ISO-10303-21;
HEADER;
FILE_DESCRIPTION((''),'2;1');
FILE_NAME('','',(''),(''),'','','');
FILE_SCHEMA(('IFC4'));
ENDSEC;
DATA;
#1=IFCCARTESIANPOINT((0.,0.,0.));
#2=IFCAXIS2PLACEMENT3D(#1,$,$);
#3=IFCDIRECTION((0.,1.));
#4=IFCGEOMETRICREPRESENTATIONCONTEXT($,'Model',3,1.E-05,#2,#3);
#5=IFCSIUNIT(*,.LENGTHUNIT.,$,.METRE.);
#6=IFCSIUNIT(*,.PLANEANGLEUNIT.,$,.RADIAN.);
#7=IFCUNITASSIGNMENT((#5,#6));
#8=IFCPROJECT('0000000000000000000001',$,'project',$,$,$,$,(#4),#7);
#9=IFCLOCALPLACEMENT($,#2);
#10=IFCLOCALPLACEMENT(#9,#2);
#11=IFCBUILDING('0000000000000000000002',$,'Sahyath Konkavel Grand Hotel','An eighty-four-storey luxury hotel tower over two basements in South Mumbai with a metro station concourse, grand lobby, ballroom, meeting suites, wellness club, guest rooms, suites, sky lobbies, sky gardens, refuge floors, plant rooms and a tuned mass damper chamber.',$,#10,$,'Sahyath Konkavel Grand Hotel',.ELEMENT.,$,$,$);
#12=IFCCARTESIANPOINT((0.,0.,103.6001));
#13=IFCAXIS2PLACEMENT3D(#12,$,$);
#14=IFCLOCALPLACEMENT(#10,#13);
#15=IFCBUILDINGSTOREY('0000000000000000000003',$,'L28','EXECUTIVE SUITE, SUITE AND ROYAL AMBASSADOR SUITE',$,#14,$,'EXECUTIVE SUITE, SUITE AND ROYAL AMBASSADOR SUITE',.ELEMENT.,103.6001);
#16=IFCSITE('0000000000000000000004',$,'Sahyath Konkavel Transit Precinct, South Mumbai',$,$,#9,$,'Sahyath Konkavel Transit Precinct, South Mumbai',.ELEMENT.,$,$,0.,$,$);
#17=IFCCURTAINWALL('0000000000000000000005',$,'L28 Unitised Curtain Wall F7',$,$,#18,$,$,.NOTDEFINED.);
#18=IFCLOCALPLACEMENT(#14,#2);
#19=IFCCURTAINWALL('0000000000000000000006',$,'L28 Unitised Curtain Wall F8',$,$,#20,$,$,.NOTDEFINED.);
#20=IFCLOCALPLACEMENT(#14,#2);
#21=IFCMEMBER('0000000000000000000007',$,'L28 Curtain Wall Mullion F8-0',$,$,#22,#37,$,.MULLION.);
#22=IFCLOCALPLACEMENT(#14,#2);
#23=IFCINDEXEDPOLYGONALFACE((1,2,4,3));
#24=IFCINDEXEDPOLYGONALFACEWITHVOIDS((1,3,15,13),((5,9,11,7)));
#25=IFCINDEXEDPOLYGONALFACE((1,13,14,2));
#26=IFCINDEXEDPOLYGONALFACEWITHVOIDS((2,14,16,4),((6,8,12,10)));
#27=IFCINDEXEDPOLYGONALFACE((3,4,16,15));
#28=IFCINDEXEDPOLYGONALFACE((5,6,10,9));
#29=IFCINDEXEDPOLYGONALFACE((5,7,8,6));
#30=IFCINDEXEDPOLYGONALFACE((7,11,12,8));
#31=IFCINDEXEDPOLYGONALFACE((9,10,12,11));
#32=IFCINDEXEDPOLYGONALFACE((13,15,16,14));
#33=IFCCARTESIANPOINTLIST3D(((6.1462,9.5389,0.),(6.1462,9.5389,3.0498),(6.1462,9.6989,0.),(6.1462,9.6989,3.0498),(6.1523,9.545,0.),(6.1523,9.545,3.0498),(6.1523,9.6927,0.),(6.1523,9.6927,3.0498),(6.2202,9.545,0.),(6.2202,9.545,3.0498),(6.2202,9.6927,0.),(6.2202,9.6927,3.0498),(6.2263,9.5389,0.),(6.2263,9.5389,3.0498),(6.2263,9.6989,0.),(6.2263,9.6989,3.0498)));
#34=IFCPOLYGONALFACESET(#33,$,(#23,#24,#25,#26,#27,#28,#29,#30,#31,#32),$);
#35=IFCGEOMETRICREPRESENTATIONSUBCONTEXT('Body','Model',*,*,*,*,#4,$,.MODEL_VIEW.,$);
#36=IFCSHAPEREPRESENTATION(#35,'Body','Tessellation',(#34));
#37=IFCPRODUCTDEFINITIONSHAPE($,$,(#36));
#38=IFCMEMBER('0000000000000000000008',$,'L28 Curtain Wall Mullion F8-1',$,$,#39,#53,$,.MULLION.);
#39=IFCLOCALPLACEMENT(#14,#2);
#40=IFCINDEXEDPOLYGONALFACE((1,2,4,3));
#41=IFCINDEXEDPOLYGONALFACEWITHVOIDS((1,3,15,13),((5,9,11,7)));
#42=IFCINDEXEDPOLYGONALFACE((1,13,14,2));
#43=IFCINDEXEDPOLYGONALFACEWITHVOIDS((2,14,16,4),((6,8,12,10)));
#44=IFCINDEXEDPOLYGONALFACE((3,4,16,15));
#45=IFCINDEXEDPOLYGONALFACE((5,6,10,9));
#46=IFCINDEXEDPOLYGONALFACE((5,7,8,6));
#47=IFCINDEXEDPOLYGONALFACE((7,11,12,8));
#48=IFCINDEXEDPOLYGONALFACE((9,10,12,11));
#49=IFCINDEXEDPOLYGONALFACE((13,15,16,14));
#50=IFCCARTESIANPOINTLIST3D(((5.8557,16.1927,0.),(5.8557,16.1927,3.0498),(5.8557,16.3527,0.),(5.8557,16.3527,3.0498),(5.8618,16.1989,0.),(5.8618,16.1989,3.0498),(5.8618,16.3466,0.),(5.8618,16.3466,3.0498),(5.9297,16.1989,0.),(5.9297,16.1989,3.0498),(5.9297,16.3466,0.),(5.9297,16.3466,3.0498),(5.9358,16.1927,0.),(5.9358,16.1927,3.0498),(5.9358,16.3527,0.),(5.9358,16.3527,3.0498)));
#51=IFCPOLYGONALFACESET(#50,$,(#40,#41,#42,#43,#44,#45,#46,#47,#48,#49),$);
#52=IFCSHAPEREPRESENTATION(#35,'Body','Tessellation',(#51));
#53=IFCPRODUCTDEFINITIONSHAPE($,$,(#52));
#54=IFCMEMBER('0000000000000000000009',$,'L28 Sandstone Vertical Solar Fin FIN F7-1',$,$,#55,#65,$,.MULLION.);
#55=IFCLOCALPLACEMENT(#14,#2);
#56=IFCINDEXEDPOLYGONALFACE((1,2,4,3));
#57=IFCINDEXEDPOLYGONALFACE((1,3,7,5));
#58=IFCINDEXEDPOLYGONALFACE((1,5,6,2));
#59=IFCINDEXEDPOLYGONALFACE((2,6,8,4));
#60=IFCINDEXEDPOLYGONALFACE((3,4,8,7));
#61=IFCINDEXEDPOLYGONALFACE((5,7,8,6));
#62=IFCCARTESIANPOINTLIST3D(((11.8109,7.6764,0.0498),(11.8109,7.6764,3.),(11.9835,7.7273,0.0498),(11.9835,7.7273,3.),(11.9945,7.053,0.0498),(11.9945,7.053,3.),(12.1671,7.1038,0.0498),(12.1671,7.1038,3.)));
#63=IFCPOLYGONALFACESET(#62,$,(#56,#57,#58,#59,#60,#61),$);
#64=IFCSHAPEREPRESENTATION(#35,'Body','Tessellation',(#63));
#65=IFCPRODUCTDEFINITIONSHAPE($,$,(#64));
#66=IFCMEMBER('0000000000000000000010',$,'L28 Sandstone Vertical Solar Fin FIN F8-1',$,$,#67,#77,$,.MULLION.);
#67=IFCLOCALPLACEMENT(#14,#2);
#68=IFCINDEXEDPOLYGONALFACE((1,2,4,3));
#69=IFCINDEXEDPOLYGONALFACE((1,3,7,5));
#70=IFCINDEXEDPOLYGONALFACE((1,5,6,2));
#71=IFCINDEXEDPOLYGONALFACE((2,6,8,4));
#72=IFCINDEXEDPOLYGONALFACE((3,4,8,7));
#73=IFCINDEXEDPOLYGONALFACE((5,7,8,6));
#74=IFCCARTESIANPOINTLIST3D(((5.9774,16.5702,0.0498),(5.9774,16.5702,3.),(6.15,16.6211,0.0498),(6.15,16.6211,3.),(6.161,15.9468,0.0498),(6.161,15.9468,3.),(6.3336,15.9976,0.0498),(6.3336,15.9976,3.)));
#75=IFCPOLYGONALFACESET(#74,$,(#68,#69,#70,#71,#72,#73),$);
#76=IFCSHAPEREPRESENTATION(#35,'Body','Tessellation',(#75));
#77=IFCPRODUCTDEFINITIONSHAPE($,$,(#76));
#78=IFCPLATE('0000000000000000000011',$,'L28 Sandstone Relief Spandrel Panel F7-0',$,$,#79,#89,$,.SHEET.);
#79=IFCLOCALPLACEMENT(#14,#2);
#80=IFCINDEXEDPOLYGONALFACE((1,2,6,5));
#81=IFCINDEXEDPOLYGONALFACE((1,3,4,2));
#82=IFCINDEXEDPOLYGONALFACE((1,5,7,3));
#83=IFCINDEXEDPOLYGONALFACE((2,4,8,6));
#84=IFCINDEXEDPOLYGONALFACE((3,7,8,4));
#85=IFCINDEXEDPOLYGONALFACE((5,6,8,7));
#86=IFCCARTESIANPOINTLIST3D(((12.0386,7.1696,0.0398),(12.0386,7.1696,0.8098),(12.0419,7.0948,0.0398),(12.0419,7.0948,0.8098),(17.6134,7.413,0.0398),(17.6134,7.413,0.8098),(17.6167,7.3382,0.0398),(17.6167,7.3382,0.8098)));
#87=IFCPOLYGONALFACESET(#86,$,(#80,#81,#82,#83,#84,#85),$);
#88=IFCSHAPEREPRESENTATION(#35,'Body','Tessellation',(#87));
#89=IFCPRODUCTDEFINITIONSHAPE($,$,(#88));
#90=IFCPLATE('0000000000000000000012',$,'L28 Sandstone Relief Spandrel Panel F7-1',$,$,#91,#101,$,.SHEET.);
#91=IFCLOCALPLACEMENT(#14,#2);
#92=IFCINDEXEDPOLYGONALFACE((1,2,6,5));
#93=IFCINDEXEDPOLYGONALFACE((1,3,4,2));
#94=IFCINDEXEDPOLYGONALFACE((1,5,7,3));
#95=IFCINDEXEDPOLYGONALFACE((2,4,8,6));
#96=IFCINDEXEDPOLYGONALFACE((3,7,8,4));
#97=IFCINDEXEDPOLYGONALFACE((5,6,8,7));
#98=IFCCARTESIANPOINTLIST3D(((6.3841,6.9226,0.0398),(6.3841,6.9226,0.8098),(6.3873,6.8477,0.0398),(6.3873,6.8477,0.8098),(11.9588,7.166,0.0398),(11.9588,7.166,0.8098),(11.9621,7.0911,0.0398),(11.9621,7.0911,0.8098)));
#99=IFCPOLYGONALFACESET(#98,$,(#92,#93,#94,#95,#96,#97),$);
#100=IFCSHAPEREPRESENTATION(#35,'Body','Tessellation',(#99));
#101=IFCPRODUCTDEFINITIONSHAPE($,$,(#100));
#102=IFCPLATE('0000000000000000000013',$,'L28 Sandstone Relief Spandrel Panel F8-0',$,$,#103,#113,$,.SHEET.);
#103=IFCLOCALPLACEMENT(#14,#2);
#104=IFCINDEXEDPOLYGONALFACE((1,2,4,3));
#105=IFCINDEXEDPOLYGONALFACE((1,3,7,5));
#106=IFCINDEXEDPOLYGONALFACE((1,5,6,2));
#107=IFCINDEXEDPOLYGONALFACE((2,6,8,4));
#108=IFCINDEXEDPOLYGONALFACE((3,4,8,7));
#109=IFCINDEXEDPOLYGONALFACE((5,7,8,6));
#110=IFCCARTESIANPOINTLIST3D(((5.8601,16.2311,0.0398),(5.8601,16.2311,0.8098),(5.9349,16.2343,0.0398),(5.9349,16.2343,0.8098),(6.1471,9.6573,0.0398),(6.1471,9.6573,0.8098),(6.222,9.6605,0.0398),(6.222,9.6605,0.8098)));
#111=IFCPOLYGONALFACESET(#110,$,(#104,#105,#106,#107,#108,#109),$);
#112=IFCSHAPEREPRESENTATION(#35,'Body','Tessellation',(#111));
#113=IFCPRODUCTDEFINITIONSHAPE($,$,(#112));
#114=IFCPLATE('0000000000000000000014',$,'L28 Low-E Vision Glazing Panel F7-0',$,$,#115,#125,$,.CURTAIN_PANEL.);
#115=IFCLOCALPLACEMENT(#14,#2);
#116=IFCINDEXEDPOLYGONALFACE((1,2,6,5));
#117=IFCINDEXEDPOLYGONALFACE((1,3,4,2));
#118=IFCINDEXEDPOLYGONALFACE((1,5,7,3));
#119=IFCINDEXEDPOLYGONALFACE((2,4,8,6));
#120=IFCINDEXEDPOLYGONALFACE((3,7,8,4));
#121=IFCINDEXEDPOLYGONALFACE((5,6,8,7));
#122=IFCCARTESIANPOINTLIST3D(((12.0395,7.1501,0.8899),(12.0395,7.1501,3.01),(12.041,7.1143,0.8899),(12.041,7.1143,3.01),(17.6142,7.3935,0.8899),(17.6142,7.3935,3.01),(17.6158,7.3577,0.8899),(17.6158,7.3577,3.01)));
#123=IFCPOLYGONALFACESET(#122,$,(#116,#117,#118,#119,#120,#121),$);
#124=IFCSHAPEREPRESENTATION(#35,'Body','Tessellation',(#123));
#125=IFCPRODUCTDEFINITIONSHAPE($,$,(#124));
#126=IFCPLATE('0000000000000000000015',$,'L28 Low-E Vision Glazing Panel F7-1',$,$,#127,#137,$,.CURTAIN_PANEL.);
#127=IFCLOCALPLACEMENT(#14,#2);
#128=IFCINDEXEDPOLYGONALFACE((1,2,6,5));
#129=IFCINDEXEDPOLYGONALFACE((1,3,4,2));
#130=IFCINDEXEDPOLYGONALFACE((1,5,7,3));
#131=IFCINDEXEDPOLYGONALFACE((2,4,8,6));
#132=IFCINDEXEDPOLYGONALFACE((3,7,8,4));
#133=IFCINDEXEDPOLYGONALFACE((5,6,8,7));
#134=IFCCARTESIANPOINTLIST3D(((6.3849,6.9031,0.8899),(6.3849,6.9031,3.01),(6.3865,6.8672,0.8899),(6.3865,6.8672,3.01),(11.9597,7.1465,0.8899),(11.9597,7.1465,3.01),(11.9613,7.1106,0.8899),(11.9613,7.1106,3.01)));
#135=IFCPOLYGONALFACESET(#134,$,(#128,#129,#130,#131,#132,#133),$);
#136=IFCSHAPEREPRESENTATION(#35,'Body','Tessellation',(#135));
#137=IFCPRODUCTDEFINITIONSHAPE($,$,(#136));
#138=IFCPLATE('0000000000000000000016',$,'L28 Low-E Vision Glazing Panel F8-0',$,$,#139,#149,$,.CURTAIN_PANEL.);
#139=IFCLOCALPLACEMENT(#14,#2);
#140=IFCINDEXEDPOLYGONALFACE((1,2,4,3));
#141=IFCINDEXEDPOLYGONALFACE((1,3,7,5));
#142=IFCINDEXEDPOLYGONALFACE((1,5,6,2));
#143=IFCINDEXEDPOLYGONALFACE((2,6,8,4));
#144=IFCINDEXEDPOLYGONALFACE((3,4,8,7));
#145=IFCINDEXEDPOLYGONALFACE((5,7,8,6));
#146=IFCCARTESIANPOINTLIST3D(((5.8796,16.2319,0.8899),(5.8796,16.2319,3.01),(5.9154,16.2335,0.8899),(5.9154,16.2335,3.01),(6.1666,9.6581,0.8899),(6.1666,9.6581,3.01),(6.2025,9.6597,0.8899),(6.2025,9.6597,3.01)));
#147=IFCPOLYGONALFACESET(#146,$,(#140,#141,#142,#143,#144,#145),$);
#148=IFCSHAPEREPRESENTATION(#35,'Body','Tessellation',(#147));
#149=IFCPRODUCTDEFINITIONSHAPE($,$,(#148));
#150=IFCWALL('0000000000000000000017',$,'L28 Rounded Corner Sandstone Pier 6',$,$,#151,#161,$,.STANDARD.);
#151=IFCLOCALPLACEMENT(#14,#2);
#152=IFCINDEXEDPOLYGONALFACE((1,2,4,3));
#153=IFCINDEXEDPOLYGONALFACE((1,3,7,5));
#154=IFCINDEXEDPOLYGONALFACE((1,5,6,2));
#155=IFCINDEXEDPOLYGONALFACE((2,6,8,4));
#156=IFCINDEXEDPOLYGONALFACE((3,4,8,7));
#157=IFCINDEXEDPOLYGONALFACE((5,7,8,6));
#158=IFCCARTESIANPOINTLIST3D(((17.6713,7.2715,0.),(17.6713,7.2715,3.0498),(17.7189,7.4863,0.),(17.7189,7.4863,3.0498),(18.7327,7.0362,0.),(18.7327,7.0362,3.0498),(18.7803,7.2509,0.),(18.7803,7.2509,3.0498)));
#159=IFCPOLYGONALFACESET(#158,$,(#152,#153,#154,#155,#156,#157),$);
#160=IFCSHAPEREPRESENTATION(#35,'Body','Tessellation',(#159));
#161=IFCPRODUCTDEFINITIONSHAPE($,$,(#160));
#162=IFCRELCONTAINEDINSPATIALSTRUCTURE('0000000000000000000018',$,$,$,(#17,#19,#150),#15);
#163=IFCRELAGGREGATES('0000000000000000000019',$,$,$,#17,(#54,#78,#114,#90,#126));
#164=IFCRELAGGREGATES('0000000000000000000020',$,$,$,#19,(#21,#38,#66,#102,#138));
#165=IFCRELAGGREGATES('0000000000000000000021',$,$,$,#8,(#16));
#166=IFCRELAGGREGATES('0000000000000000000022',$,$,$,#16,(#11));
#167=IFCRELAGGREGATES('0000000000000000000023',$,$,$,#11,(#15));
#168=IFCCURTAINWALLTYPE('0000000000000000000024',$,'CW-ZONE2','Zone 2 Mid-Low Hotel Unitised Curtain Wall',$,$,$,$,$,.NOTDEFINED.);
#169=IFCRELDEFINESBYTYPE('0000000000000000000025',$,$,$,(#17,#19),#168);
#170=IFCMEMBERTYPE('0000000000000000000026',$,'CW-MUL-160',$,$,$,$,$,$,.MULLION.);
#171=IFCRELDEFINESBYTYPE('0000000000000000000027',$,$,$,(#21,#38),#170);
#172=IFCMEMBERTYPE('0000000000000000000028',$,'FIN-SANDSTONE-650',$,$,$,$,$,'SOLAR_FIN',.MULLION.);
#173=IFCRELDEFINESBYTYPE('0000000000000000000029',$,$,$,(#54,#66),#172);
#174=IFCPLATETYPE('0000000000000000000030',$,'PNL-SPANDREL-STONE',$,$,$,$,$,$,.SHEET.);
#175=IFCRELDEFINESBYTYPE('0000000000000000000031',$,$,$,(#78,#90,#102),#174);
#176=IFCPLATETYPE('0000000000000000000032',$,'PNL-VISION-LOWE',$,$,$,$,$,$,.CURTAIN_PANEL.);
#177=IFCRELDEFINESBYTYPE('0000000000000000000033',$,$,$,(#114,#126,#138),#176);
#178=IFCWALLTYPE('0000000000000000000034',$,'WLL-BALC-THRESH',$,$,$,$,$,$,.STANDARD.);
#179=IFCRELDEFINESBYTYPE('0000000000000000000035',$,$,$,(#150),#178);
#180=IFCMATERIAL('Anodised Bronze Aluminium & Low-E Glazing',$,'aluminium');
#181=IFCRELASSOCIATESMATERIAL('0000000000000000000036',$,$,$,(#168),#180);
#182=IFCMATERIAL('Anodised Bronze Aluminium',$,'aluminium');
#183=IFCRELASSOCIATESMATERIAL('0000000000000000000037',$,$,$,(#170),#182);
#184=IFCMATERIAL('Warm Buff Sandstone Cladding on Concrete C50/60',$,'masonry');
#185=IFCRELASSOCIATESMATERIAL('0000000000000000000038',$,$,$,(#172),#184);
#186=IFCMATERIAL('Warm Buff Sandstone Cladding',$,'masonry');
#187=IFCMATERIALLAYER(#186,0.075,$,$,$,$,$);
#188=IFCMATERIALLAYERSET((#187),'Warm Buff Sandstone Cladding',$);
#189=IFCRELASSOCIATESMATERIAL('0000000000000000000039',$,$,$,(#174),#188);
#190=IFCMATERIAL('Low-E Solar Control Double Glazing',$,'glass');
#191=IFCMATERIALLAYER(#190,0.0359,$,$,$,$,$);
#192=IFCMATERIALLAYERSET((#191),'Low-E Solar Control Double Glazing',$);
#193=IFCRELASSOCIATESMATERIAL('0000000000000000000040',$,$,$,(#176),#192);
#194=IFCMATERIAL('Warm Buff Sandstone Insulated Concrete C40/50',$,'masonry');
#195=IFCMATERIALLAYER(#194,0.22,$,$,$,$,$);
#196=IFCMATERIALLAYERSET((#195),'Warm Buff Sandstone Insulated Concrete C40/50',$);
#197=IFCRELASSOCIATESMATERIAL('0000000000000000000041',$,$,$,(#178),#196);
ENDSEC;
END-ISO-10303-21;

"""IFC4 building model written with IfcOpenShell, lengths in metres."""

from ifc_helpers import new_model, si_unit, direction, frame, frame_2d, origin, origin_2d, place, context, subcontext, project, spatial, rectangle, hollow_rectangle, extrude, source, transform, mapped, material, layer, layer_set, material_profile, profile_set, type_object, element, aggregate, save


model = new_model("IFC4")

# Units and contexts
model_context = context("Model", 3, precision=1e-05, world=origin(), true_north=direction((0.0, 1.0)))
body_context = subcontext(model_context, "Body", "Model", "MODEL_VIEW")
ifc_project = project(units=[si_unit("LENGTHUNIT", "METRE"), si_unit("PLANEANGLEUNIT", "RADIAN")], contexts=[model_context])

# Site, building, storey
site_placement = place(None, origin())
site = spatial("IfcSite", under=ifc_project, at=site_placement, Name="Sahyath Konkavel Transit Precinct, South Mumbai", LongName="Sahyath Konkavel Transit Precinct, South Mumbai", CompositionType="ELEMENT", RefElevation=0.0)
building_placement = place(site_placement, origin())
building = spatial("IfcBuilding", under=site, at=building_placement, Name="Sahyath Konkavel Grand Hotel", Description="An eighty-four-storey luxury hotel tower over two basements in South Mumbai with a metro station concourse, grand lobby, ballroom, meeting suites, wellness club, guest rooms, suites, sky lobbies, sky gardens, refuge floors, plant rooms and a tuned mass damper chamber.", LongName="Sahyath Konkavel Grand Hotel", CompositionType="ELEMENT")
storey_placement = place(building_placement, frame((0.0, 0.0, 103.6001)))
storey = spatial("IfcBuildingStorey", under=building, at=storey_placement, Name="L28", Description="EXECUTIVE SUITE, SUITE AND ROYAL AMBASSADOR SUITE", LongName="EXECUTIVE SUITE, SUITE AND ROYAL AMBASSADOR SUITE", CompositionType="ELEMENT", Elevation=103.6001)

# Curtain walls
ifc_material_1 = material(Name="Anodised Bronze Aluminium & Low-E Glazing", Category="aluminium")
curtain_wall_type = type_object("IfcCurtainWallType", Name="CW-ZONE2", Description="Zone 2 Mid-Low Hotel Unitised Curtain Wall", PredefinedType="NOTDEFINED", material=ifc_material_1)
curtain_wall_1_placement = place(storey_placement, origin())
curtain_wall_1 = element("IfcCurtainWall", 1, at=curtain_wall_1_placement, inside=storey, type_object=curtain_wall_type, Name="L28 Unitised Curtain Wall F7", PredefinedType="NOTDEFINED")
ifc_material_2 = material(Name="Anodised Bronze Aluminium", Category="aluminium")
curtain_wall_2_placement = place(storey_placement, origin())
curtain_wall_2 = element("IfcCurtainWall", 2, at=curtain_wall_2_placement, inside=storey, type_object=curtain_wall_type, Name="L28 Unitised Curtain Wall F8", PredefinedType="NOTDEFINED")

# Members
ifc_material_profile_1 = material_profile(ifc_material_2, hollow_rectangle(XDim=0.0801, YDim=0.1599, WallThickness=0.0061, at=origin_2d()), Name="RHS 160x80x6")
ifc_profile_set_1 = profile_set([ifc_material_profile_1], Name="Anodised Bronze Aluminium")
member_type_1 = type_object("IfcMemberType", Name="CW-MUL-160", PredefinedType="MULLION", material=ifc_profile_set_1)
shared_shape_1 = source(origin(), body_context, "Body", "SweptSolid", [
    extrude(hollow_rectangle(XDim=0.0801, YDim=0.1599, WallThickness=0.0061, at=origin_2d()), origin(), (0.0, 0.0, 1.0), 3.0498),
])
member_1_placement = place(storey_placement, frame((6.1863, 9.6189, 0.0), z_axis=(0.0, 0.0, 1.0), x_axis=(1.0, 0.0, 0.0)))
member_1 = element("IfcMember", 3, at=member_1_placement, type_object=member_type_1, Name="L28 Curtain Wall Mullion F8-0", PredefinedType="MULLION", context=body_context, shape_type="MappedRepresentation", body=[
    mapped(shared_shape_1, transform((0.0, 0.0, 0.0), scale=1.0)),
])
member_2_placement = place(storey_placement, frame((5.8958, 16.2727, 0.0), z_axis=(0.0, 0.0, 1.0), x_axis=(1.0, 0.0, 0.0)))
member_2 = element("IfcMember", 4, at=member_2_placement, type_object=member_type_1, Name="L28 Curtain Wall Mullion F8-1", PredefinedType="MULLION", context=body_context, shape_type="MappedRepresentation", body=[
    mapped(shared_shape_1, transform((0.0, 0.0, 0.0), scale=1.0)),
])
ifc_material_3 = material(Name="Warm Buff Sandstone Cladding on Concrete C50/60", Category="masonry")
ifc_material_profile_2 = material_profile(ifc_material_3, rectangle(XDim=0.1799, YDim=0.6499, at=origin_2d()), Name="FIN 180x650")
ifc_profile_set_2 = profile_set([ifc_material_profile_2], Name="Warm Buff Sandstone Cladding on Concrete C50/60")
member_type_2 = type_object("IfcMemberType", Name="FIN-SANDSTONE-650", ElementType="SOLAR_FIN", PredefinedType="MULLION", material=ifc_profile_set_2)
shared_shape_2 = source(origin(), body_context, "Body", "SweptSolid", [
    extrude(rectangle(XDim=0.1799, YDim=0.6499, at=origin_2d()), origin(), (0.0, 0.0, 1.0), 2.9502),
])
member_3_placement = place(storey_placement, frame((11.989, 7.3901, 0.0498), z_axis=(0.0, 0.0, 1.0), x_axis=(0.959265, 0.282509, 0.0)))
member_3 = element("IfcMember", 5, at=member_3_placement, type_object=member_type_2, Name="L28 Sandstone Vertical Solar Fin FIN F7-1", PredefinedType="MULLION", context=body_context, shape_type="MappedRepresentation", body=[
    mapped(shared_shape_2, transform((0.0, 0.0, 0.0), scale=1.0)),
])
member_4_placement = place(storey_placement, frame((6.1555, 16.2839, 0.0498), z_axis=(0.0, 0.0, 1.0), x_axis=(0.959265, 0.282509, 0.0)))
member_4 = element("IfcMember", 6, at=member_4_placement, type_object=member_type_2, Name="L28 Sandstone Vertical Solar Fin FIN F8-1", PredefinedType="MULLION", context=body_context, shape_type="MappedRepresentation", body=[
    mapped(shared_shape_2, transform((0.0, 0.0, 0.0), scale=1.0)),
])

# Plates
ifc_material_4 = material(Name="Warm Buff Sandstone Cladding", Category="masonry")
ifc_layer_1 = layer(ifc_material_4, 0.075)
ifc_layer_set_1 = layer_set([ifc_layer_1], Name="Warm Buff Sandstone Cladding")
plate_type_1 = type_object("IfcPlateType", Name="PNL-SPANDREL-STONE", PredefinedType="SHEET", material=ifc_layer_set_1)
shared_shape_3 = source(origin(), body_context, "Body", "SweptSolid", [
    extrude(rectangle(XDim=5.5801, YDim=0.075, at=origin_2d()), origin(), (0.0, 0.0, 1.0), 0.77),
])
plate_1_placement = place(storey_placement, frame((14.8276, 7.2539, 0.0398), z_axis=(0.0, 0.0, 1.0), x_axis=(-0.999048, -0.043619, 0.0)))
plate_1 = element("IfcPlate", 7, at=plate_1_placement, type_object=plate_type_1, Name="L28 Sandstone Relief Spandrel Panel F7-0", PredefinedType="SHEET", context=body_context, shape_type="MappedRepresentation", body=[
    mapped(shared_shape_3, transform((0.0, 0.0, 0.0), scale=1.0)),
])
plate_2_placement = place(storey_placement, frame((9.1731, 7.0068, 0.0398), z_axis=(0.0, 0.0, 1.0), x_axis=(-0.999048, -0.043619, 0.0)))
plate_2 = element("IfcPlate", 8, at=plate_2_placement, type_object=plate_type_1, Name="L28 Sandstone Relief Spandrel Panel F7-1", PredefinedType="SHEET", context=body_context, shape_type="MappedRepresentation", body=[
    mapped(shared_shape_3, transform((0.0, 0.0, 0.0), scale=1.0)),
])
shared_shape_4 = source(origin(), body_context, "Body", "SweptSolid", [
    extrude(rectangle(XDim=6.5801, YDim=0.075, at=origin_2d()), origin(), (0.0, 0.0, 1.0), 0.77),
])
plate_3_placement = place(storey_placement, frame((6.041, 12.9458, 0.0398), z_axis=(0.0, 0.0, 1.0), x_axis=(-0.043619, 0.999048, 0.0)))
plate_3 = element("IfcPlate", 9, at=plate_3_placement, type_object=plate_type_1, Name="L28 Sandstone Relief Spandrel Panel F8-0", PredefinedType="SHEET", context=body_context, shape_type="MappedRepresentation", body=[
    mapped(shared_shape_4, transform((0.0, 0.0, 0.0), scale=1.0)),
])
ifc_material_5 = material(Name="Low-E Solar Control Double Glazing", Category="glass")
ifc_layer_2 = layer(ifc_material_5, 0.0359)
ifc_layer_set_2 = layer_set([ifc_layer_2], Name="Low-E Solar Control Double Glazing")
plate_type_2 = type_object("IfcPlateType", Name="PNL-VISION-LOWE", PredefinedType="CURTAIN_PANEL", material=ifc_layer_set_2)
shared_shape_5 = source(origin(), body_context, "Body", "SweptSolid", [
    extrude(rectangle(XDim=5.5801, YDim=0.0359, at=origin_2d()), origin(), (0.0, 0.0, 1.0), 2.1201),
])
plate_4_placement = place(storey_placement, frame((14.8276, 7.2539, 0.8899), z_axis=(0.0, 0.0, 1.0), x_axis=(-0.999048, -0.043619, 0.0)))
plate_4 = element("IfcPlate", 10, at=plate_4_placement, type_object=plate_type_2, Name="L28 Low-E Vision Glazing Panel F7-0", PredefinedType="CURTAIN_PANEL", context=body_context, shape_type="MappedRepresentation", body=[
    mapped(shared_shape_5, transform((0.0, 0.0, 0.0), scale=1.0)),
])
plate_5_placement = place(storey_placement, frame((9.1731, 7.0068, 0.8899), z_axis=(0.0, 0.0, 1.0), x_axis=(-0.999048, -0.043619, 0.0)))
plate_5 = element("IfcPlate", 11, at=plate_5_placement, type_object=plate_type_2, Name="L28 Low-E Vision Glazing Panel F7-1", PredefinedType="CURTAIN_PANEL", context=body_context, shape_type="MappedRepresentation", body=[
    mapped(shared_shape_5, transform((0.0, 0.0, 0.0), scale=1.0)),
])
aggregate(curtain_wall_1, [member_3, plate_1, plate_4, plate_2, plate_5])
shared_shape_6 = source(origin(), body_context, "Body", "SweptSolid", [
    extrude(rectangle(XDim=6.5801, YDim=0.0359, at=origin_2d()), origin(), (0.0, 0.0, 1.0), 2.1201),
])
plate_6_placement = place(storey_placement, frame((6.041, 12.9458, 0.8899), z_axis=(0.0, 0.0, 1.0), x_axis=(-0.043619, 0.999048, 0.0)))
plate_6 = element("IfcPlate", 12, at=plate_6_placement, type_object=plate_type_2, Name="L28 Low-E Vision Glazing Panel F8-0", PredefinedType="CURTAIN_PANEL", context=body_context, shape_type="MappedRepresentation", body=[
    mapped(shared_shape_6, transform((0.0, 0.0, 0.0), scale=1.0)),
])
aggregate(curtain_wall_2, [member_1, member_2, member_4, plate_3, plate_6])

# Wall
ifc_material_6 = material(Name="Warm Buff Sandstone Insulated Concrete C40/50", Category="masonry")
ifc_layer_3 = layer(ifc_material_6, 0.22)
ifc_layer_set_3 = layer_set([ifc_layer_3], Name="Warm Buff Sandstone Insulated Concrete C40/50")
wall_type_1 = type_object("IfcWallType", Name="WLL-BALC-THRESH", PredefinedType="STANDARD", material=ifc_layer_set_3)
wall_1_placement = place(storey_placement, frame((18.7563, 7.1436, 0.0), z_axis=(0.0, 0.0, 1.0), x_axis=(-0.976282, 0.216502, 0.0)))
element("IfcWall", 13, at=wall_1_placement, inside=storey, type_object=wall_type_1, Name="L28 Rounded Corner Sandstone Pier 6", PredefinedType="STANDARD", context=body_context, shape_type="SweptSolid", body=[
    extrude(rectangle(XDim=1.0872, YDim=0.22, at=frame_2d((0.5435, 0.0))), origin(), (0.0, 0.0, 1.0), 3.0498),
])

save(model, "model.ifc")
